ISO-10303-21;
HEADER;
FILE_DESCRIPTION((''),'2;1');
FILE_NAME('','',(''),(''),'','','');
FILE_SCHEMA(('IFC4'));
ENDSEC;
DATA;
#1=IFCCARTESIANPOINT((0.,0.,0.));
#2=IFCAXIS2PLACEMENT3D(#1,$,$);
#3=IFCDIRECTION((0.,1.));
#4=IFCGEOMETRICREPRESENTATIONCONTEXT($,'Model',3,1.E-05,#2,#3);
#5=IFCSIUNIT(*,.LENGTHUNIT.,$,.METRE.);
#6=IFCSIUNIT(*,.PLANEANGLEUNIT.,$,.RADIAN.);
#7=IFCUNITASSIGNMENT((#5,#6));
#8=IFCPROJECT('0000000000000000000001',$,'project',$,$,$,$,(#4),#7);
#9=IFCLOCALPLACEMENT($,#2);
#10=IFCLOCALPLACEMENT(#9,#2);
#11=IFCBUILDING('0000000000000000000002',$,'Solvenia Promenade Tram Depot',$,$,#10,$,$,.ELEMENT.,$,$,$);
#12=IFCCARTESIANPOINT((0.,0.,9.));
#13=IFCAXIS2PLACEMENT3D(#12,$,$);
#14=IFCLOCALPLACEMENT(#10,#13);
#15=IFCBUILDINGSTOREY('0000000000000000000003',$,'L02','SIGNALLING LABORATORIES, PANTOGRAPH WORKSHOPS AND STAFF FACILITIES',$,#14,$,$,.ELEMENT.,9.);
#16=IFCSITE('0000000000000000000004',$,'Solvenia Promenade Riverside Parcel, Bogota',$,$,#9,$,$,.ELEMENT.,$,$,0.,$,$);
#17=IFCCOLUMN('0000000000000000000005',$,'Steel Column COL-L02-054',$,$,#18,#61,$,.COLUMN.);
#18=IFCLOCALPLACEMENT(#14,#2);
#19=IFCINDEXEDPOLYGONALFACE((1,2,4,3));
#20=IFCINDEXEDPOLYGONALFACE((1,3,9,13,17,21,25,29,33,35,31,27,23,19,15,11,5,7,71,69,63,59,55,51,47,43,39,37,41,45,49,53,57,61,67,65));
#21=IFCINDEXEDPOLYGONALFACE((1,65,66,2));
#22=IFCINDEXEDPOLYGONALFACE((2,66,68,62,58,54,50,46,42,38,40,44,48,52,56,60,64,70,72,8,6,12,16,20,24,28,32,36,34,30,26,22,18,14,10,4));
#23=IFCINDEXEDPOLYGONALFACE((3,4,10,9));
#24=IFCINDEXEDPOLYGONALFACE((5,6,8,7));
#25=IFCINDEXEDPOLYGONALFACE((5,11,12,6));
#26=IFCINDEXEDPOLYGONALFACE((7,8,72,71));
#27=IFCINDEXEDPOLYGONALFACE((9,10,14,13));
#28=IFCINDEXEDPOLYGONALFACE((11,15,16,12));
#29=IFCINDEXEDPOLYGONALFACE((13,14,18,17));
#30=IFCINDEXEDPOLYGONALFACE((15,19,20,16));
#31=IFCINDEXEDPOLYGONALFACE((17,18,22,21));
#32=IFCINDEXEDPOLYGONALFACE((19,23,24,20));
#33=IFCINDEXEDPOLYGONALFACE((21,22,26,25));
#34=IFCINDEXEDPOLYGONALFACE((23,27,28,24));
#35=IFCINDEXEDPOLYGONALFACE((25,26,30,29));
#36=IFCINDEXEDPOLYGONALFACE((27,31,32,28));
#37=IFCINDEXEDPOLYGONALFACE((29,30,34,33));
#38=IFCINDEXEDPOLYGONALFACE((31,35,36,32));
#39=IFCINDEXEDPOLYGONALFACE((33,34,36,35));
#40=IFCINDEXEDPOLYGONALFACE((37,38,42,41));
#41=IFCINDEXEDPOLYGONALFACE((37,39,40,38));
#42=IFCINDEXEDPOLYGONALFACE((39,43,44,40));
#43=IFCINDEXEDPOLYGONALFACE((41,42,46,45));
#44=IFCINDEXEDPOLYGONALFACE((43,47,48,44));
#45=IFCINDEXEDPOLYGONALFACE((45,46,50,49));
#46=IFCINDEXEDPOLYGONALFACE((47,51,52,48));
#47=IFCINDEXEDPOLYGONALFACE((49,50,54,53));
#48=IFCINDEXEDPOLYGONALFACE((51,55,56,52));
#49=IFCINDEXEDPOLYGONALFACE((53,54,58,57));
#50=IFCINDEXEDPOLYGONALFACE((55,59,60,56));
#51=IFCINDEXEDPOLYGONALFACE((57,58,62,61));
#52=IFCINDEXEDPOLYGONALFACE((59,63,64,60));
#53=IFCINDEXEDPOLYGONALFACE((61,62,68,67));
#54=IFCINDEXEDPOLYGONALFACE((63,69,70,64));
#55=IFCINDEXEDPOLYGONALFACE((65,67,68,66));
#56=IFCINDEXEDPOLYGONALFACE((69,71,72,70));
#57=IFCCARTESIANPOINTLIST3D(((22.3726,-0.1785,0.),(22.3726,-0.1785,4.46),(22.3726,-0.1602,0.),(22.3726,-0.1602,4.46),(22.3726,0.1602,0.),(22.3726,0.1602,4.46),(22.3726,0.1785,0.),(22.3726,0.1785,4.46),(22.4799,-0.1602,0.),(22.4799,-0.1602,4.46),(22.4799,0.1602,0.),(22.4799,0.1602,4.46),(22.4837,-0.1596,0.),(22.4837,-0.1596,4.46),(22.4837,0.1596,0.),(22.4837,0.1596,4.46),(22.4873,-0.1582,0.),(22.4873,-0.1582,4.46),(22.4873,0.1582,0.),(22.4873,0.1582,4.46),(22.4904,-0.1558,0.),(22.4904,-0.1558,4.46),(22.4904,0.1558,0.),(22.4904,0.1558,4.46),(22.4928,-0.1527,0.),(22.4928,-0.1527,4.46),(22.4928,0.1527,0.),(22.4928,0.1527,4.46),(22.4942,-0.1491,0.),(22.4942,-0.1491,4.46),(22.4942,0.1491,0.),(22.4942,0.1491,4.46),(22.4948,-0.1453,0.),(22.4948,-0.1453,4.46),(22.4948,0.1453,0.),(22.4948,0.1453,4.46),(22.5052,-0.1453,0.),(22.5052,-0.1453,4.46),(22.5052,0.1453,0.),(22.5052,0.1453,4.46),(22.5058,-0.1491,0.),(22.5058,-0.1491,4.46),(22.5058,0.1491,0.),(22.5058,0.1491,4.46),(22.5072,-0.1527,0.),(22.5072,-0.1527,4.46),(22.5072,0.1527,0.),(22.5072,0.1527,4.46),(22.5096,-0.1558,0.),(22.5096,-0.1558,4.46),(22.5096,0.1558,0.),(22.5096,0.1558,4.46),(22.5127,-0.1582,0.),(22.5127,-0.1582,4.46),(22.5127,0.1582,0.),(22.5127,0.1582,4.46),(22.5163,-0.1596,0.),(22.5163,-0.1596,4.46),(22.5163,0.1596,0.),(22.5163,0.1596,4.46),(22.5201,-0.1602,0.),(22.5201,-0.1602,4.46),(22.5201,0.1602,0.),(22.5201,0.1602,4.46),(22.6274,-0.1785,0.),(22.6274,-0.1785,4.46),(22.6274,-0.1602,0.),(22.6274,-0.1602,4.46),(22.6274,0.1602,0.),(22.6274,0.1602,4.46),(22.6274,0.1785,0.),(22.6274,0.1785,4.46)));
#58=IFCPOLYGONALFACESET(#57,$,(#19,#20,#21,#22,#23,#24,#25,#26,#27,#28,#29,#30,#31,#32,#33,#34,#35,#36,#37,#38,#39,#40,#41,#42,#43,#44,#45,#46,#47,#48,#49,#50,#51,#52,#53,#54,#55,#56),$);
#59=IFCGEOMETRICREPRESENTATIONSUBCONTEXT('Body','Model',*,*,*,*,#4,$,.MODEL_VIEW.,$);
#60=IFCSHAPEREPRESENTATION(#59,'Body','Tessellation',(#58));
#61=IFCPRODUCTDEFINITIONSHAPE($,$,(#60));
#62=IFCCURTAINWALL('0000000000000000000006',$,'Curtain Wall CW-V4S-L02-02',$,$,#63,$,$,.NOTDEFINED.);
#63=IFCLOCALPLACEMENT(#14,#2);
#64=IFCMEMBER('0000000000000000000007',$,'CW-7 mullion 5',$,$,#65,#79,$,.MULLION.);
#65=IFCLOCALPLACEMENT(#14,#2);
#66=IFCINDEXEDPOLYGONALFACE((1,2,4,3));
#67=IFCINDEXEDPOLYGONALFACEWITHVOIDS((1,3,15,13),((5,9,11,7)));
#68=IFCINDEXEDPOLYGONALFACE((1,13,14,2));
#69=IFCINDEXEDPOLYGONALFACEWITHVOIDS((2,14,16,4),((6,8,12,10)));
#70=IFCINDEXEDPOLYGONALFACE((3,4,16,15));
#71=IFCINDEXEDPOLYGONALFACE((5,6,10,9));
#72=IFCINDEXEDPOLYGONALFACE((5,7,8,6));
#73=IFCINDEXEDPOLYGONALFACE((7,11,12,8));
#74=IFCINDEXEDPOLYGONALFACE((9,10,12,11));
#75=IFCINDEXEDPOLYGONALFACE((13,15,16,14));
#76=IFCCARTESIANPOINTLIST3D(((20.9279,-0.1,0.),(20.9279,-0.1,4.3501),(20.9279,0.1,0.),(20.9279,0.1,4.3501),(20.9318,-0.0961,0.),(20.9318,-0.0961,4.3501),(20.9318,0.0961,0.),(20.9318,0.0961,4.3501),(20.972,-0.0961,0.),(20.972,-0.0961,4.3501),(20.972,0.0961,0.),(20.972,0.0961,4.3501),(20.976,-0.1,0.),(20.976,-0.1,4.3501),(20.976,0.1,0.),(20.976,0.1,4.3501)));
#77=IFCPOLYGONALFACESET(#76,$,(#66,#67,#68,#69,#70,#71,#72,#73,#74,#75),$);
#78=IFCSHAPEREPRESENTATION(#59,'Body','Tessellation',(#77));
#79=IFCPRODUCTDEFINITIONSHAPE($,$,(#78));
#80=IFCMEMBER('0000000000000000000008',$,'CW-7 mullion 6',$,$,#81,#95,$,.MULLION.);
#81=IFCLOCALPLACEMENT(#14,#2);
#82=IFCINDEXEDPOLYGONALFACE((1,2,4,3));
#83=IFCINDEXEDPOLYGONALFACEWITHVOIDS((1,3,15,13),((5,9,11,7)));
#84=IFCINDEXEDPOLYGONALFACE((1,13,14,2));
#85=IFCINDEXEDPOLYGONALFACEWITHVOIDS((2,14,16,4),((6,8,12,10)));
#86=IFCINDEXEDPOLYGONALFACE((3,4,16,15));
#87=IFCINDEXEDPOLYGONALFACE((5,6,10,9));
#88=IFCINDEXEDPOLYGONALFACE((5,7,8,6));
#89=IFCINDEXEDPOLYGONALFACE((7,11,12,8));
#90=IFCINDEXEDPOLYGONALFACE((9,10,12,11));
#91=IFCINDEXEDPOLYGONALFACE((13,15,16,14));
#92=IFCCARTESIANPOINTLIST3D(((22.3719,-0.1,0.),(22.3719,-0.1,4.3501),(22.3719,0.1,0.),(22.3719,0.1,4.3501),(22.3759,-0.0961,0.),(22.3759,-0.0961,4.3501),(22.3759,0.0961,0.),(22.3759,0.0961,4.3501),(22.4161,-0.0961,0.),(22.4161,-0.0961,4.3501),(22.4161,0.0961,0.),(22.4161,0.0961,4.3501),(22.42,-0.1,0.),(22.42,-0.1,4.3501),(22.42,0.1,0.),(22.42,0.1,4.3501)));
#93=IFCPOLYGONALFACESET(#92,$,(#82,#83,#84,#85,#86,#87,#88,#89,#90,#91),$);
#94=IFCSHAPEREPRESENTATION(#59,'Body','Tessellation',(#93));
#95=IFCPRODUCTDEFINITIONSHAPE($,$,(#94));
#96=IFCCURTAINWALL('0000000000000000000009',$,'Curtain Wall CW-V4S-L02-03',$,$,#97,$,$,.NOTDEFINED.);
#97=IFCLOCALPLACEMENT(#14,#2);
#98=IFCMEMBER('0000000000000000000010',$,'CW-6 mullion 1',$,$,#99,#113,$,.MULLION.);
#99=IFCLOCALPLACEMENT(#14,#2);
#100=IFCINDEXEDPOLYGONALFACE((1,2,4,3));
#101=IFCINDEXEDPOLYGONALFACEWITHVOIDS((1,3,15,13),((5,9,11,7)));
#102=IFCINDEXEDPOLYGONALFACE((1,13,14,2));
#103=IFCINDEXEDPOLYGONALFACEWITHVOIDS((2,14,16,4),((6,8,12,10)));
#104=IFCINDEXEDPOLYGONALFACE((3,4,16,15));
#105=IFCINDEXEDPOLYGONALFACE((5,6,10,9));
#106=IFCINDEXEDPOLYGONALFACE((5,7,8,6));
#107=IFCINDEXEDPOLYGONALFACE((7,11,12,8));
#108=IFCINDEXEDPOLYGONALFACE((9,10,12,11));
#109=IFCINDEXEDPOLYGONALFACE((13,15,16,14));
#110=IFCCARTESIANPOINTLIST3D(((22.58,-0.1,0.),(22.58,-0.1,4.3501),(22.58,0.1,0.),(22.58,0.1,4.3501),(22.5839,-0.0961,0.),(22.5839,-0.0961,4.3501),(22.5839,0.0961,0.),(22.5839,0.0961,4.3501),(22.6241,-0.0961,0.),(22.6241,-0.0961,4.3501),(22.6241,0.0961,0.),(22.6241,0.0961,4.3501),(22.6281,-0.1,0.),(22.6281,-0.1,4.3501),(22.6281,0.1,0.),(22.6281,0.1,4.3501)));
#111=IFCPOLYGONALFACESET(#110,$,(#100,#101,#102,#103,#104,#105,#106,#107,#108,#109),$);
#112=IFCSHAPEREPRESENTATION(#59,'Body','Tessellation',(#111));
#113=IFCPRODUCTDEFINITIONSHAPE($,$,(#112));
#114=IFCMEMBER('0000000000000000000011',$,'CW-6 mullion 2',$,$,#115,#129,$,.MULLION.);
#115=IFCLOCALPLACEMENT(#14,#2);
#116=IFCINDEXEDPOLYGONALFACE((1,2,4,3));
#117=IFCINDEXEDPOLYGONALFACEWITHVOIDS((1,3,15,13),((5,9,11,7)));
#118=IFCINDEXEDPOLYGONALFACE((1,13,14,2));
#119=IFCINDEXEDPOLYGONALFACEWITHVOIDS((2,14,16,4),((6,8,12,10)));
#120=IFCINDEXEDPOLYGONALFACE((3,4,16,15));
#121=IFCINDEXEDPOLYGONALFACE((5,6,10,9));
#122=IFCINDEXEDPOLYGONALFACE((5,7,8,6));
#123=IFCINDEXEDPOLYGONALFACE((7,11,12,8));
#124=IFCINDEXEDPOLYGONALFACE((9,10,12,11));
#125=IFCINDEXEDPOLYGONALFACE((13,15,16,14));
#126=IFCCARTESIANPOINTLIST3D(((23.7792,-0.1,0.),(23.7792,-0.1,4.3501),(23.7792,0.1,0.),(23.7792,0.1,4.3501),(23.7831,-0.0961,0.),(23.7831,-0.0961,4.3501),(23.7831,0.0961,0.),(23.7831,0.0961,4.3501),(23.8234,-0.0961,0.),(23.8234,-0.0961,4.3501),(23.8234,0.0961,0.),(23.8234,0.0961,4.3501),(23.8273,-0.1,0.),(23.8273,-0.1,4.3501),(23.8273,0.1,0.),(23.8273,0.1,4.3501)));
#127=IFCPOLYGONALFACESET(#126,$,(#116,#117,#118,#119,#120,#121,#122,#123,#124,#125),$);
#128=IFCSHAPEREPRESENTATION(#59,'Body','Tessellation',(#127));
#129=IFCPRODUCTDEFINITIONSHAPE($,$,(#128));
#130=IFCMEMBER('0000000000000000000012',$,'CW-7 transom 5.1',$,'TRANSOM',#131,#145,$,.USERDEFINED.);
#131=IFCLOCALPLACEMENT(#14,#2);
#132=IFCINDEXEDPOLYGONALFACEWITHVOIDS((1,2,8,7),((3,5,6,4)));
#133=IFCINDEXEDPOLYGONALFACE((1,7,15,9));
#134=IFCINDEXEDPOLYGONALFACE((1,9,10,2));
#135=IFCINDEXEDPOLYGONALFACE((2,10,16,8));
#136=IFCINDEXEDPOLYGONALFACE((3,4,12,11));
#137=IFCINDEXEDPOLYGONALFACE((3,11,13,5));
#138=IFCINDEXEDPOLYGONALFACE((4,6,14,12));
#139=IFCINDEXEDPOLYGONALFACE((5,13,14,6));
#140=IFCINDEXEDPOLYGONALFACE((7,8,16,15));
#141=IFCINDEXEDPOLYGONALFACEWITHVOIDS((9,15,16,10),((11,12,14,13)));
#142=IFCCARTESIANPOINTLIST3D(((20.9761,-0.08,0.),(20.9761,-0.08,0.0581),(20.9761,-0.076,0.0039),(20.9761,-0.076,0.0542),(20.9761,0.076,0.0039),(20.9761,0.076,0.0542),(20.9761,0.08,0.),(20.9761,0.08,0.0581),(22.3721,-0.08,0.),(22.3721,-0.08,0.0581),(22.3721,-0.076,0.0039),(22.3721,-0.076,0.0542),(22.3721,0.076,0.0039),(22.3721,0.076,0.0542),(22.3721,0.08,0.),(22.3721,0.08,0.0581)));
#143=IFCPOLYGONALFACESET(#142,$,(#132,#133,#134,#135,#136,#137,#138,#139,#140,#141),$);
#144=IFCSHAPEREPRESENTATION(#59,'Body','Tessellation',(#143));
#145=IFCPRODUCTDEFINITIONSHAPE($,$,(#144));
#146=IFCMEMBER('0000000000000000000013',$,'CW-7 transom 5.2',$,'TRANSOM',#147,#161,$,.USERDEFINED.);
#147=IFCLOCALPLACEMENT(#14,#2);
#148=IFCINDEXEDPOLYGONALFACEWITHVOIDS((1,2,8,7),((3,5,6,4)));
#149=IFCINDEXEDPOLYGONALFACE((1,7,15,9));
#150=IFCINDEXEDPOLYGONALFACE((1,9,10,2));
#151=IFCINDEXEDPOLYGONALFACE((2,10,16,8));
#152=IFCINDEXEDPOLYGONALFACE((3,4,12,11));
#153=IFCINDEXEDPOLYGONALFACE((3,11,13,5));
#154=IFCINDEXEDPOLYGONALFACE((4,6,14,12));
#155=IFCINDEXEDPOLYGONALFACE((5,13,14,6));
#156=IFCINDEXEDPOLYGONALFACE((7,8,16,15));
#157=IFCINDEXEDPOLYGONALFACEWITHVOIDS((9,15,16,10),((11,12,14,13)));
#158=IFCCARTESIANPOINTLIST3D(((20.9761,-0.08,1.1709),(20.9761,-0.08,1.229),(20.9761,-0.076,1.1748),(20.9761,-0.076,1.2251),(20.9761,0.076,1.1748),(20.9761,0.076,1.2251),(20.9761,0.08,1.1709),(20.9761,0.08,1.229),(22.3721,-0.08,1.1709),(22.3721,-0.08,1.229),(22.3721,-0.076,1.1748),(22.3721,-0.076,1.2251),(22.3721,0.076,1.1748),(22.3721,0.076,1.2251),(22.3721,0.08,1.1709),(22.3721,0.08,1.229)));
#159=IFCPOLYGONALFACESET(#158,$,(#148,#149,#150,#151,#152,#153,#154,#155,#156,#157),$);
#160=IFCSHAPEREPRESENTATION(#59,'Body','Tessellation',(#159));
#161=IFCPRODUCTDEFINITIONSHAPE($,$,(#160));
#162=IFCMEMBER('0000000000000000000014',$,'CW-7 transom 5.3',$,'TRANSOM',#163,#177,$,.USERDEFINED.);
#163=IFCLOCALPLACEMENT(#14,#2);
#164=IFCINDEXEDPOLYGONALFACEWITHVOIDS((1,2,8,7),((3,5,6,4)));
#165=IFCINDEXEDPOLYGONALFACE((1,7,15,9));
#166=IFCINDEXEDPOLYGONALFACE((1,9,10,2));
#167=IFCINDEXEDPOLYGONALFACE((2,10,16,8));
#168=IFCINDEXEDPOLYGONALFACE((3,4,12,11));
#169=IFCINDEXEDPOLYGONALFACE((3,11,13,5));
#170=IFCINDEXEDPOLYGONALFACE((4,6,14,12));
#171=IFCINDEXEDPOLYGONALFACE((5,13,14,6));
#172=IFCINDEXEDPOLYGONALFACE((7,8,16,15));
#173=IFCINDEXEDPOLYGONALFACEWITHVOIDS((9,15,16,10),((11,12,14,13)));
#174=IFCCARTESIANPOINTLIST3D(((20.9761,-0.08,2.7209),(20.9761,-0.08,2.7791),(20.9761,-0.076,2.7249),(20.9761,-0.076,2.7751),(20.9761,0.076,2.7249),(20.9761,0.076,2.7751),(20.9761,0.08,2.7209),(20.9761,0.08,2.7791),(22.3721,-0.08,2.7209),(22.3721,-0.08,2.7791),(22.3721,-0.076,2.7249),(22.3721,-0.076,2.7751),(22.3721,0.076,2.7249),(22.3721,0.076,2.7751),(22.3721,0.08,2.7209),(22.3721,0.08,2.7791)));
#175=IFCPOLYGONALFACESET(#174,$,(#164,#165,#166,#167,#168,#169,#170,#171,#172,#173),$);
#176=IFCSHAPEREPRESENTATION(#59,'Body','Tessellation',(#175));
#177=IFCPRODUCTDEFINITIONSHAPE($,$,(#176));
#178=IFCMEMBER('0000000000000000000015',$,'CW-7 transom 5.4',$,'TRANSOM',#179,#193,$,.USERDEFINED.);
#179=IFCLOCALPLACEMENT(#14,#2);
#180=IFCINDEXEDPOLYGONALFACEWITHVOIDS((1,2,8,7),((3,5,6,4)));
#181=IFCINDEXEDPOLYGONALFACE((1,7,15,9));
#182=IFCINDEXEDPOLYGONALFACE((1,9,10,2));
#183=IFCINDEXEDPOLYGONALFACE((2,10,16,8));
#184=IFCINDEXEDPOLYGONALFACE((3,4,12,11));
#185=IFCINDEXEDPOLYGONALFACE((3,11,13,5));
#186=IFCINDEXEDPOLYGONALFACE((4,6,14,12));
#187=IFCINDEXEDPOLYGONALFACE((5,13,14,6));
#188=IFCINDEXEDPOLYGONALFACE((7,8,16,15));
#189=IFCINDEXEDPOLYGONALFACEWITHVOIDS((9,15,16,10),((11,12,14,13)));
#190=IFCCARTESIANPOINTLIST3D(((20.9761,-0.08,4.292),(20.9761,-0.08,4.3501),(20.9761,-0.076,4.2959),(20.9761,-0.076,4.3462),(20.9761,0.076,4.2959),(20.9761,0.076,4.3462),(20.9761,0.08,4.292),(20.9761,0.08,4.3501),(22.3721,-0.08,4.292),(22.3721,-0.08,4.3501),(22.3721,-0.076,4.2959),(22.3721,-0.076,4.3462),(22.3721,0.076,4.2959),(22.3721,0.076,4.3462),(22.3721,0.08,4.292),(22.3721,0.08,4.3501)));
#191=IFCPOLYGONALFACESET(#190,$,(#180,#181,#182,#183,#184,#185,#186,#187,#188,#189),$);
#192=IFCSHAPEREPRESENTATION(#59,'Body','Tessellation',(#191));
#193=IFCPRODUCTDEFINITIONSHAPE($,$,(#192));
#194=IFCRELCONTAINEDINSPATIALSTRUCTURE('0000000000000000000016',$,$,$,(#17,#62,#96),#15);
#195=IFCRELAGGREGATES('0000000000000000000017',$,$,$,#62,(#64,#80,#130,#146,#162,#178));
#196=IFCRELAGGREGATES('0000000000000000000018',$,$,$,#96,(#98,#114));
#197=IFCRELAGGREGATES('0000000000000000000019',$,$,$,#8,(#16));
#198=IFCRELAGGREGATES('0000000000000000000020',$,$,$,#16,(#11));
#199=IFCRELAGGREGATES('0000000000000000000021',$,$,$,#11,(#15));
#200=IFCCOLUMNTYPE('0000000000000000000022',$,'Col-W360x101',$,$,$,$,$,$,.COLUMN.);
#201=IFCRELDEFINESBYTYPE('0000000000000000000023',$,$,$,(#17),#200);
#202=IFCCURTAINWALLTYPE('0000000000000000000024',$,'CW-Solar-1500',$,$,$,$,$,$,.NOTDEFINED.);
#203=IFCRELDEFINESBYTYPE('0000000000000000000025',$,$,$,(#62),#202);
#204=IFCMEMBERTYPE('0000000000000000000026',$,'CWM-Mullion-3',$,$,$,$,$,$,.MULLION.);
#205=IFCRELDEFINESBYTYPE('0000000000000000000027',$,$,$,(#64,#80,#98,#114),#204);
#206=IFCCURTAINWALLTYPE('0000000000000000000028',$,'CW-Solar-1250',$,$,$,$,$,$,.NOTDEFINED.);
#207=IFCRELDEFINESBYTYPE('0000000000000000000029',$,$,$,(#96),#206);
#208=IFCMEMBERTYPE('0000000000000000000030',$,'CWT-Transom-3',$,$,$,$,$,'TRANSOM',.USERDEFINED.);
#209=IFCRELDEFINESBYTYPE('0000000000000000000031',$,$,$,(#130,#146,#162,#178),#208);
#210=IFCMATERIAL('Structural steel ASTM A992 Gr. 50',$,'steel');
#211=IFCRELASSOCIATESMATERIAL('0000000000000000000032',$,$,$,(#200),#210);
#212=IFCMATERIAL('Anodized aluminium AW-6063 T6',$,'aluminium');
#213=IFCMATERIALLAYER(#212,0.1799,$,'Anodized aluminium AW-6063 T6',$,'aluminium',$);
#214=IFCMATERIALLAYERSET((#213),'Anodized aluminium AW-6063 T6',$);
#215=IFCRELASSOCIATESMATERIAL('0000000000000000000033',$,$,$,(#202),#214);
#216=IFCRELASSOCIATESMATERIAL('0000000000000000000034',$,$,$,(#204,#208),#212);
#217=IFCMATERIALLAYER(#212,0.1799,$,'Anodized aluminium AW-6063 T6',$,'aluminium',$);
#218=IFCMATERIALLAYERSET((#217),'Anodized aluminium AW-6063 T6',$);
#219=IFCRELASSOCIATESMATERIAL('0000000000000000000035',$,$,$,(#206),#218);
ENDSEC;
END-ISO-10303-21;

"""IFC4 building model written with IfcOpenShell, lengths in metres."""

from ifc_helpers import new_model, si_unit, direction, frame, origin, origin_2d, place, context, subcontext, project, spatial, hollow_rectangle, i_section, extrude, material, layer, layer_set, material_profile, profile_set, type_object, element, aggregate, save


model = new_model("IFC4")

# Units and contexts
model_context = context("Model", 3, precision=1e-05, world=origin(), true_north=direction((0.0, 1.0)))
body_context = subcontext(model_context, "Body", "Model", "MODEL_VIEW")
ifc_project = project(units=[si_unit("LENGTHUNIT", "METRE"), si_unit("PLANEANGLEUNIT", "RADIAN")], contexts=[model_context])

# Site, building, storey
site_placement = place(None, origin())
site = spatial("IfcSite", under=ifc_project, at=site_placement, Name="Solvenia Promenade Riverside Parcel, Bogota", CompositionType="ELEMENT", RefElevation=0.0)
building_placement = place(site_placement, origin())
building = spatial("IfcBuilding", under=site, at=building_placement, Name="Solvenia Promenade Tram Depot", CompositionType="ELEMENT")
storey_placement = place(building_placement, frame((0.0, 0.0, 9.0)))
storey = spatial("IfcBuildingStorey", under=building, at=storey_placement, Name="L02", Description="SIGNALLING LABORATORIES, PANTOGRAPH WORKSHOPS AND STAFF FACILITIES", CompositionType="ELEMENT", Elevation=9.0)

# Column
ifc_material_1 = material(Name="Structural steel ASTM A992 Gr. 50", Category="steel")
ifc_material_profile_1 = material_profile(ifc_material_1, i_section(OverallWidth=0.2549, OverallDepth=0.3569, WebThickness=0.0105, FlangeThickness=0.0183, FilletRadius=0.0149, at=origin_2d()), Name="W360x101", Category="steel")
ifc_profile_set_1 = profile_set([ifc_material_profile_1], Name="Structural steel ASTM A992 Gr. 50")
column_type = type_object("IfcColumnType", Name="Col-W360x101", PredefinedType="COLUMN", material=ifc_profile_set_1)
column_placement = place(storey_placement, frame((22.5, 0.0, 0.0), z_axis=(0.0, 0.0, 1.0), x_axis=(1.0, 0.0, 0.0)))
element("IfcColumn", 1, at=column_placement, inside=storey, type_object=column_type, Name="Steel Column COL-L02-054", PredefinedType="COLUMN", context=body_context, shape_type="SweptSolid", body=[
    extrude(i_section(OverallWidth=0.2549, OverallDepth=0.3569, WebThickness=0.0105, FlangeThickness=0.0183, FilletRadius=0.0149, at=origin_2d()), origin(), (0.0, 0.0, 1.0), 4.46),
])

# Curtain walls, members
ifc_material_2 = material(Name="Anodized aluminium AW-6063 T6", Category="aluminium")
ifc_layer_1 = layer(ifc_material_2, 0.1799, Name="Anodized aluminium AW-6063 T6", Category="aluminium")
ifc_layer_set_1 = layer_set([ifc_layer_1], Name="Anodized aluminium AW-6063 T6")
curtain_wall_type_1 = type_object("IfcCurtainWallType", Name="CW-Solar-1500", PredefinedType="NOTDEFINED", material=ifc_layer_set_1)
curtain_wall_1_placement = place(storey_placement, origin())
curtain_wall_1 = element("IfcCurtainWall", 2, at=curtain_wall_1_placement, inside=storey, type_object=curtain_wall_type_1, Name="Curtain Wall CW-V4S-L02-02", PredefinedType="NOTDEFINED")
ifc_material_profile_2 = material_profile(ifc_material_2, hollow_rectangle(XDim=0.2, YDim=0.0481, WallThickness=0.0039, at=origin_2d()), Name="ALU-M3", Category="aluminium")
ifc_profile_set_2 = profile_set([ifc_material_profile_2], Name="Anodized aluminium AW-6063 T6")
member_type_1 = type_object("IfcMemberType", Name="CWM-Mullion-3", PredefinedType="MULLION", material=ifc_profile_set_2)
member_1_placement = place(storey_placement, frame((20.9519, 0.0, 0.0), z_axis=(0.0, 0.0, 1.0), x_axis=(0.0, 1.0, 0.0)))
member_1 = element("IfcMember", 3, at=member_1_placement, type_object=member_type_1, Name="CW-7 mullion 5", PredefinedType="MULLION", context=body_context, shape_type="SweptSolid", body=[
    extrude(hollow_rectangle(XDim=0.2, YDim=0.0481, WallThickness=0.0039, at=origin_2d()), origin(), (0.0, 0.0, 1.0), 4.3501),
])
member_2_placement = place(storey_placement, frame((22.396, 0.0, 0.0), z_axis=(0.0, 0.0, 1.0), x_axis=(0.0, 1.0, 0.0)))
member_2 = element("IfcMember", 4, at=member_2_placement, type_object=member_type_1, Name="CW-7 mullion 6", PredefinedType="MULLION", context=body_context, shape_type="SweptSolid", body=[
    extrude(hollow_rectangle(XDim=0.2, YDim=0.0481, WallThickness=0.0039, at=origin_2d()), origin(), (0.0, 0.0, 1.0), 4.3501),
])
ifc_layer_2 = layer(ifc_material_2, 0.1799, Name="Anodized aluminium AW-6063 T6", Category="aluminium")
ifc_layer_set_2 = layer_set([ifc_layer_2], Name="Anodized aluminium AW-6063 T6")
curtain_wall_type_2 = type_object("IfcCurtainWallType", Name="CW-Solar-1250", PredefinedType="NOTDEFINED", material=ifc_layer_set_2)
curtain_wall_2_placement = place(storey_placement, origin())
curtain_wall_2 = element("IfcCurtainWall", 5, at=curtain_wall_2_placement, inside=storey, type_object=curtain_wall_type_2, Name="Curtain Wall CW-V4S-L02-03", PredefinedType="NOTDEFINED")
member_3_placement = place(storey_placement, frame((22.604, 0.0, 0.0), z_axis=(0.0, 0.0, 1.0), x_axis=(0.0, 1.0, 0.0)))
member_3 = element("IfcMember", 6, at=member_3_placement, type_object=member_type_1, Name="CW-6 mullion 1", PredefinedType="MULLION", context=body_context, shape_type="SweptSolid", body=[
    extrude(hollow_rectangle(XDim=0.2, YDim=0.0481, WallThickness=0.0039, at=origin_2d()), origin(), (0.0, 0.0, 1.0), 4.3501),
])
member_4_placement = place(storey_placement, frame((23.8032, 0.0, 0.0), z_axis=(0.0, 0.0, 1.0), x_axis=(0.0, 1.0, 0.0)))
member_4 = element("IfcMember", 7, at=member_4_placement, type_object=member_type_1, Name="CW-6 mullion 2", PredefinedType="MULLION", context=body_context, shape_type="SweptSolid", body=[
    extrude(hollow_rectangle(XDim=0.2, YDim=0.0481, WallThickness=0.0039, at=origin_2d()), origin(), (0.0, 0.0, 1.0), 4.3501),
])

# Members
ifc_material_profile_3 = material_profile(ifc_material_2, hollow_rectangle(XDim=0.1599, YDim=0.0581, WallThickness=0.0039, at=origin_2d()), Name="ALU-T3", Category="aluminium")
ifc_profile_set_3 = profile_set([ifc_material_profile_3], Name="Anodized aluminium AW-6063 T6")
member_type_2 = type_object("IfcMemberType", Name="CWT-Transom-3", ElementType="TRANSOM", PredefinedType="USERDEFINED", material=ifc_profile_set_3)
member_5_placement = place(storey_placement, frame((20.9761, 0.0, 0.0291), z_axis=(1.0, 0.0, 0.0), x_axis=(0.0, 1.0, 0.0)))
member_5 = element("IfcMember", 8, at=member_5_placement, type_object=member_type_2, Name="CW-7 transom 5.1", ObjectType="TRANSOM", PredefinedType="USERDEFINED", context=body_context, shape_type="SweptSolid", body=[
    extrude(hollow_rectangle(XDim=0.1599, YDim=0.0581, WallThickness=0.0039, at=origin_2d()), origin(), (0.0, 0.0, 1.0), 1.396),
])
member_6_placement = place(storey_placement, frame((20.9761, 0.0, 1.2), z_axis=(1.0, 0.0, 0.0), x_axis=(0.0, 1.0, 0.0)))
member_6 = element("IfcMember", 9, at=member_6_placement, type_object=member_type_2, Name="CW-7 transom 5.2", ObjectType="TRANSOM", PredefinedType="USERDEFINED", context=body_context, shape_type="SweptSolid", body=[
    extrude(hollow_rectangle(XDim=0.1599, YDim=0.0581, WallThickness=0.0039, at=origin_2d()), origin(), (0.0, 0.0, 1.0), 1.396),
])
member_7_placement = place(storey_placement, frame((20.9761, 0.0, 2.75), z_axis=(1.0, 0.0, 0.0), x_axis=(0.0, 1.0, 0.0)))
member_7 = element("IfcMember", 10, at=member_7_placement, type_object=member_type_2, Name="CW-7 transom 5.3", ObjectType="TRANSOM", PredefinedType="USERDEFINED", context=body_context, shape_type="SweptSolid", body=[
    extrude(hollow_rectangle(XDim=0.1599, YDim=0.0581, WallThickness=0.0039, at=origin_2d()), origin(), (0.0, 0.0, 1.0), 1.396),
])
member_8_placement = place(storey_placement, frame((20.9761, 0.0, 4.321), z_axis=(1.0, 0.0, 0.0), x_axis=(0.0, 1.0, 0.0)))
member_8 = element("IfcMember", 11, at=member_8_placement, type_object=member_type_2, Name="CW-7 transom 5.4", ObjectType="TRANSOM", PredefinedType="USERDEFINED", context=body_context, shape_type="SweptSolid", body=[
    extrude(hollow_rectangle(XDim=0.1599, YDim=0.0581, WallThickness=0.0039, at=origin_2d()), origin(), (0.0, 0.0, 1.0), 1.396),
])

aggregate(curtain_wall_1, [member_1, member_2, member_5, member_6, member_7, member_8])
aggregate(curtain_wall_2, [member_3, member_4])

save(model, "model.ifc")
